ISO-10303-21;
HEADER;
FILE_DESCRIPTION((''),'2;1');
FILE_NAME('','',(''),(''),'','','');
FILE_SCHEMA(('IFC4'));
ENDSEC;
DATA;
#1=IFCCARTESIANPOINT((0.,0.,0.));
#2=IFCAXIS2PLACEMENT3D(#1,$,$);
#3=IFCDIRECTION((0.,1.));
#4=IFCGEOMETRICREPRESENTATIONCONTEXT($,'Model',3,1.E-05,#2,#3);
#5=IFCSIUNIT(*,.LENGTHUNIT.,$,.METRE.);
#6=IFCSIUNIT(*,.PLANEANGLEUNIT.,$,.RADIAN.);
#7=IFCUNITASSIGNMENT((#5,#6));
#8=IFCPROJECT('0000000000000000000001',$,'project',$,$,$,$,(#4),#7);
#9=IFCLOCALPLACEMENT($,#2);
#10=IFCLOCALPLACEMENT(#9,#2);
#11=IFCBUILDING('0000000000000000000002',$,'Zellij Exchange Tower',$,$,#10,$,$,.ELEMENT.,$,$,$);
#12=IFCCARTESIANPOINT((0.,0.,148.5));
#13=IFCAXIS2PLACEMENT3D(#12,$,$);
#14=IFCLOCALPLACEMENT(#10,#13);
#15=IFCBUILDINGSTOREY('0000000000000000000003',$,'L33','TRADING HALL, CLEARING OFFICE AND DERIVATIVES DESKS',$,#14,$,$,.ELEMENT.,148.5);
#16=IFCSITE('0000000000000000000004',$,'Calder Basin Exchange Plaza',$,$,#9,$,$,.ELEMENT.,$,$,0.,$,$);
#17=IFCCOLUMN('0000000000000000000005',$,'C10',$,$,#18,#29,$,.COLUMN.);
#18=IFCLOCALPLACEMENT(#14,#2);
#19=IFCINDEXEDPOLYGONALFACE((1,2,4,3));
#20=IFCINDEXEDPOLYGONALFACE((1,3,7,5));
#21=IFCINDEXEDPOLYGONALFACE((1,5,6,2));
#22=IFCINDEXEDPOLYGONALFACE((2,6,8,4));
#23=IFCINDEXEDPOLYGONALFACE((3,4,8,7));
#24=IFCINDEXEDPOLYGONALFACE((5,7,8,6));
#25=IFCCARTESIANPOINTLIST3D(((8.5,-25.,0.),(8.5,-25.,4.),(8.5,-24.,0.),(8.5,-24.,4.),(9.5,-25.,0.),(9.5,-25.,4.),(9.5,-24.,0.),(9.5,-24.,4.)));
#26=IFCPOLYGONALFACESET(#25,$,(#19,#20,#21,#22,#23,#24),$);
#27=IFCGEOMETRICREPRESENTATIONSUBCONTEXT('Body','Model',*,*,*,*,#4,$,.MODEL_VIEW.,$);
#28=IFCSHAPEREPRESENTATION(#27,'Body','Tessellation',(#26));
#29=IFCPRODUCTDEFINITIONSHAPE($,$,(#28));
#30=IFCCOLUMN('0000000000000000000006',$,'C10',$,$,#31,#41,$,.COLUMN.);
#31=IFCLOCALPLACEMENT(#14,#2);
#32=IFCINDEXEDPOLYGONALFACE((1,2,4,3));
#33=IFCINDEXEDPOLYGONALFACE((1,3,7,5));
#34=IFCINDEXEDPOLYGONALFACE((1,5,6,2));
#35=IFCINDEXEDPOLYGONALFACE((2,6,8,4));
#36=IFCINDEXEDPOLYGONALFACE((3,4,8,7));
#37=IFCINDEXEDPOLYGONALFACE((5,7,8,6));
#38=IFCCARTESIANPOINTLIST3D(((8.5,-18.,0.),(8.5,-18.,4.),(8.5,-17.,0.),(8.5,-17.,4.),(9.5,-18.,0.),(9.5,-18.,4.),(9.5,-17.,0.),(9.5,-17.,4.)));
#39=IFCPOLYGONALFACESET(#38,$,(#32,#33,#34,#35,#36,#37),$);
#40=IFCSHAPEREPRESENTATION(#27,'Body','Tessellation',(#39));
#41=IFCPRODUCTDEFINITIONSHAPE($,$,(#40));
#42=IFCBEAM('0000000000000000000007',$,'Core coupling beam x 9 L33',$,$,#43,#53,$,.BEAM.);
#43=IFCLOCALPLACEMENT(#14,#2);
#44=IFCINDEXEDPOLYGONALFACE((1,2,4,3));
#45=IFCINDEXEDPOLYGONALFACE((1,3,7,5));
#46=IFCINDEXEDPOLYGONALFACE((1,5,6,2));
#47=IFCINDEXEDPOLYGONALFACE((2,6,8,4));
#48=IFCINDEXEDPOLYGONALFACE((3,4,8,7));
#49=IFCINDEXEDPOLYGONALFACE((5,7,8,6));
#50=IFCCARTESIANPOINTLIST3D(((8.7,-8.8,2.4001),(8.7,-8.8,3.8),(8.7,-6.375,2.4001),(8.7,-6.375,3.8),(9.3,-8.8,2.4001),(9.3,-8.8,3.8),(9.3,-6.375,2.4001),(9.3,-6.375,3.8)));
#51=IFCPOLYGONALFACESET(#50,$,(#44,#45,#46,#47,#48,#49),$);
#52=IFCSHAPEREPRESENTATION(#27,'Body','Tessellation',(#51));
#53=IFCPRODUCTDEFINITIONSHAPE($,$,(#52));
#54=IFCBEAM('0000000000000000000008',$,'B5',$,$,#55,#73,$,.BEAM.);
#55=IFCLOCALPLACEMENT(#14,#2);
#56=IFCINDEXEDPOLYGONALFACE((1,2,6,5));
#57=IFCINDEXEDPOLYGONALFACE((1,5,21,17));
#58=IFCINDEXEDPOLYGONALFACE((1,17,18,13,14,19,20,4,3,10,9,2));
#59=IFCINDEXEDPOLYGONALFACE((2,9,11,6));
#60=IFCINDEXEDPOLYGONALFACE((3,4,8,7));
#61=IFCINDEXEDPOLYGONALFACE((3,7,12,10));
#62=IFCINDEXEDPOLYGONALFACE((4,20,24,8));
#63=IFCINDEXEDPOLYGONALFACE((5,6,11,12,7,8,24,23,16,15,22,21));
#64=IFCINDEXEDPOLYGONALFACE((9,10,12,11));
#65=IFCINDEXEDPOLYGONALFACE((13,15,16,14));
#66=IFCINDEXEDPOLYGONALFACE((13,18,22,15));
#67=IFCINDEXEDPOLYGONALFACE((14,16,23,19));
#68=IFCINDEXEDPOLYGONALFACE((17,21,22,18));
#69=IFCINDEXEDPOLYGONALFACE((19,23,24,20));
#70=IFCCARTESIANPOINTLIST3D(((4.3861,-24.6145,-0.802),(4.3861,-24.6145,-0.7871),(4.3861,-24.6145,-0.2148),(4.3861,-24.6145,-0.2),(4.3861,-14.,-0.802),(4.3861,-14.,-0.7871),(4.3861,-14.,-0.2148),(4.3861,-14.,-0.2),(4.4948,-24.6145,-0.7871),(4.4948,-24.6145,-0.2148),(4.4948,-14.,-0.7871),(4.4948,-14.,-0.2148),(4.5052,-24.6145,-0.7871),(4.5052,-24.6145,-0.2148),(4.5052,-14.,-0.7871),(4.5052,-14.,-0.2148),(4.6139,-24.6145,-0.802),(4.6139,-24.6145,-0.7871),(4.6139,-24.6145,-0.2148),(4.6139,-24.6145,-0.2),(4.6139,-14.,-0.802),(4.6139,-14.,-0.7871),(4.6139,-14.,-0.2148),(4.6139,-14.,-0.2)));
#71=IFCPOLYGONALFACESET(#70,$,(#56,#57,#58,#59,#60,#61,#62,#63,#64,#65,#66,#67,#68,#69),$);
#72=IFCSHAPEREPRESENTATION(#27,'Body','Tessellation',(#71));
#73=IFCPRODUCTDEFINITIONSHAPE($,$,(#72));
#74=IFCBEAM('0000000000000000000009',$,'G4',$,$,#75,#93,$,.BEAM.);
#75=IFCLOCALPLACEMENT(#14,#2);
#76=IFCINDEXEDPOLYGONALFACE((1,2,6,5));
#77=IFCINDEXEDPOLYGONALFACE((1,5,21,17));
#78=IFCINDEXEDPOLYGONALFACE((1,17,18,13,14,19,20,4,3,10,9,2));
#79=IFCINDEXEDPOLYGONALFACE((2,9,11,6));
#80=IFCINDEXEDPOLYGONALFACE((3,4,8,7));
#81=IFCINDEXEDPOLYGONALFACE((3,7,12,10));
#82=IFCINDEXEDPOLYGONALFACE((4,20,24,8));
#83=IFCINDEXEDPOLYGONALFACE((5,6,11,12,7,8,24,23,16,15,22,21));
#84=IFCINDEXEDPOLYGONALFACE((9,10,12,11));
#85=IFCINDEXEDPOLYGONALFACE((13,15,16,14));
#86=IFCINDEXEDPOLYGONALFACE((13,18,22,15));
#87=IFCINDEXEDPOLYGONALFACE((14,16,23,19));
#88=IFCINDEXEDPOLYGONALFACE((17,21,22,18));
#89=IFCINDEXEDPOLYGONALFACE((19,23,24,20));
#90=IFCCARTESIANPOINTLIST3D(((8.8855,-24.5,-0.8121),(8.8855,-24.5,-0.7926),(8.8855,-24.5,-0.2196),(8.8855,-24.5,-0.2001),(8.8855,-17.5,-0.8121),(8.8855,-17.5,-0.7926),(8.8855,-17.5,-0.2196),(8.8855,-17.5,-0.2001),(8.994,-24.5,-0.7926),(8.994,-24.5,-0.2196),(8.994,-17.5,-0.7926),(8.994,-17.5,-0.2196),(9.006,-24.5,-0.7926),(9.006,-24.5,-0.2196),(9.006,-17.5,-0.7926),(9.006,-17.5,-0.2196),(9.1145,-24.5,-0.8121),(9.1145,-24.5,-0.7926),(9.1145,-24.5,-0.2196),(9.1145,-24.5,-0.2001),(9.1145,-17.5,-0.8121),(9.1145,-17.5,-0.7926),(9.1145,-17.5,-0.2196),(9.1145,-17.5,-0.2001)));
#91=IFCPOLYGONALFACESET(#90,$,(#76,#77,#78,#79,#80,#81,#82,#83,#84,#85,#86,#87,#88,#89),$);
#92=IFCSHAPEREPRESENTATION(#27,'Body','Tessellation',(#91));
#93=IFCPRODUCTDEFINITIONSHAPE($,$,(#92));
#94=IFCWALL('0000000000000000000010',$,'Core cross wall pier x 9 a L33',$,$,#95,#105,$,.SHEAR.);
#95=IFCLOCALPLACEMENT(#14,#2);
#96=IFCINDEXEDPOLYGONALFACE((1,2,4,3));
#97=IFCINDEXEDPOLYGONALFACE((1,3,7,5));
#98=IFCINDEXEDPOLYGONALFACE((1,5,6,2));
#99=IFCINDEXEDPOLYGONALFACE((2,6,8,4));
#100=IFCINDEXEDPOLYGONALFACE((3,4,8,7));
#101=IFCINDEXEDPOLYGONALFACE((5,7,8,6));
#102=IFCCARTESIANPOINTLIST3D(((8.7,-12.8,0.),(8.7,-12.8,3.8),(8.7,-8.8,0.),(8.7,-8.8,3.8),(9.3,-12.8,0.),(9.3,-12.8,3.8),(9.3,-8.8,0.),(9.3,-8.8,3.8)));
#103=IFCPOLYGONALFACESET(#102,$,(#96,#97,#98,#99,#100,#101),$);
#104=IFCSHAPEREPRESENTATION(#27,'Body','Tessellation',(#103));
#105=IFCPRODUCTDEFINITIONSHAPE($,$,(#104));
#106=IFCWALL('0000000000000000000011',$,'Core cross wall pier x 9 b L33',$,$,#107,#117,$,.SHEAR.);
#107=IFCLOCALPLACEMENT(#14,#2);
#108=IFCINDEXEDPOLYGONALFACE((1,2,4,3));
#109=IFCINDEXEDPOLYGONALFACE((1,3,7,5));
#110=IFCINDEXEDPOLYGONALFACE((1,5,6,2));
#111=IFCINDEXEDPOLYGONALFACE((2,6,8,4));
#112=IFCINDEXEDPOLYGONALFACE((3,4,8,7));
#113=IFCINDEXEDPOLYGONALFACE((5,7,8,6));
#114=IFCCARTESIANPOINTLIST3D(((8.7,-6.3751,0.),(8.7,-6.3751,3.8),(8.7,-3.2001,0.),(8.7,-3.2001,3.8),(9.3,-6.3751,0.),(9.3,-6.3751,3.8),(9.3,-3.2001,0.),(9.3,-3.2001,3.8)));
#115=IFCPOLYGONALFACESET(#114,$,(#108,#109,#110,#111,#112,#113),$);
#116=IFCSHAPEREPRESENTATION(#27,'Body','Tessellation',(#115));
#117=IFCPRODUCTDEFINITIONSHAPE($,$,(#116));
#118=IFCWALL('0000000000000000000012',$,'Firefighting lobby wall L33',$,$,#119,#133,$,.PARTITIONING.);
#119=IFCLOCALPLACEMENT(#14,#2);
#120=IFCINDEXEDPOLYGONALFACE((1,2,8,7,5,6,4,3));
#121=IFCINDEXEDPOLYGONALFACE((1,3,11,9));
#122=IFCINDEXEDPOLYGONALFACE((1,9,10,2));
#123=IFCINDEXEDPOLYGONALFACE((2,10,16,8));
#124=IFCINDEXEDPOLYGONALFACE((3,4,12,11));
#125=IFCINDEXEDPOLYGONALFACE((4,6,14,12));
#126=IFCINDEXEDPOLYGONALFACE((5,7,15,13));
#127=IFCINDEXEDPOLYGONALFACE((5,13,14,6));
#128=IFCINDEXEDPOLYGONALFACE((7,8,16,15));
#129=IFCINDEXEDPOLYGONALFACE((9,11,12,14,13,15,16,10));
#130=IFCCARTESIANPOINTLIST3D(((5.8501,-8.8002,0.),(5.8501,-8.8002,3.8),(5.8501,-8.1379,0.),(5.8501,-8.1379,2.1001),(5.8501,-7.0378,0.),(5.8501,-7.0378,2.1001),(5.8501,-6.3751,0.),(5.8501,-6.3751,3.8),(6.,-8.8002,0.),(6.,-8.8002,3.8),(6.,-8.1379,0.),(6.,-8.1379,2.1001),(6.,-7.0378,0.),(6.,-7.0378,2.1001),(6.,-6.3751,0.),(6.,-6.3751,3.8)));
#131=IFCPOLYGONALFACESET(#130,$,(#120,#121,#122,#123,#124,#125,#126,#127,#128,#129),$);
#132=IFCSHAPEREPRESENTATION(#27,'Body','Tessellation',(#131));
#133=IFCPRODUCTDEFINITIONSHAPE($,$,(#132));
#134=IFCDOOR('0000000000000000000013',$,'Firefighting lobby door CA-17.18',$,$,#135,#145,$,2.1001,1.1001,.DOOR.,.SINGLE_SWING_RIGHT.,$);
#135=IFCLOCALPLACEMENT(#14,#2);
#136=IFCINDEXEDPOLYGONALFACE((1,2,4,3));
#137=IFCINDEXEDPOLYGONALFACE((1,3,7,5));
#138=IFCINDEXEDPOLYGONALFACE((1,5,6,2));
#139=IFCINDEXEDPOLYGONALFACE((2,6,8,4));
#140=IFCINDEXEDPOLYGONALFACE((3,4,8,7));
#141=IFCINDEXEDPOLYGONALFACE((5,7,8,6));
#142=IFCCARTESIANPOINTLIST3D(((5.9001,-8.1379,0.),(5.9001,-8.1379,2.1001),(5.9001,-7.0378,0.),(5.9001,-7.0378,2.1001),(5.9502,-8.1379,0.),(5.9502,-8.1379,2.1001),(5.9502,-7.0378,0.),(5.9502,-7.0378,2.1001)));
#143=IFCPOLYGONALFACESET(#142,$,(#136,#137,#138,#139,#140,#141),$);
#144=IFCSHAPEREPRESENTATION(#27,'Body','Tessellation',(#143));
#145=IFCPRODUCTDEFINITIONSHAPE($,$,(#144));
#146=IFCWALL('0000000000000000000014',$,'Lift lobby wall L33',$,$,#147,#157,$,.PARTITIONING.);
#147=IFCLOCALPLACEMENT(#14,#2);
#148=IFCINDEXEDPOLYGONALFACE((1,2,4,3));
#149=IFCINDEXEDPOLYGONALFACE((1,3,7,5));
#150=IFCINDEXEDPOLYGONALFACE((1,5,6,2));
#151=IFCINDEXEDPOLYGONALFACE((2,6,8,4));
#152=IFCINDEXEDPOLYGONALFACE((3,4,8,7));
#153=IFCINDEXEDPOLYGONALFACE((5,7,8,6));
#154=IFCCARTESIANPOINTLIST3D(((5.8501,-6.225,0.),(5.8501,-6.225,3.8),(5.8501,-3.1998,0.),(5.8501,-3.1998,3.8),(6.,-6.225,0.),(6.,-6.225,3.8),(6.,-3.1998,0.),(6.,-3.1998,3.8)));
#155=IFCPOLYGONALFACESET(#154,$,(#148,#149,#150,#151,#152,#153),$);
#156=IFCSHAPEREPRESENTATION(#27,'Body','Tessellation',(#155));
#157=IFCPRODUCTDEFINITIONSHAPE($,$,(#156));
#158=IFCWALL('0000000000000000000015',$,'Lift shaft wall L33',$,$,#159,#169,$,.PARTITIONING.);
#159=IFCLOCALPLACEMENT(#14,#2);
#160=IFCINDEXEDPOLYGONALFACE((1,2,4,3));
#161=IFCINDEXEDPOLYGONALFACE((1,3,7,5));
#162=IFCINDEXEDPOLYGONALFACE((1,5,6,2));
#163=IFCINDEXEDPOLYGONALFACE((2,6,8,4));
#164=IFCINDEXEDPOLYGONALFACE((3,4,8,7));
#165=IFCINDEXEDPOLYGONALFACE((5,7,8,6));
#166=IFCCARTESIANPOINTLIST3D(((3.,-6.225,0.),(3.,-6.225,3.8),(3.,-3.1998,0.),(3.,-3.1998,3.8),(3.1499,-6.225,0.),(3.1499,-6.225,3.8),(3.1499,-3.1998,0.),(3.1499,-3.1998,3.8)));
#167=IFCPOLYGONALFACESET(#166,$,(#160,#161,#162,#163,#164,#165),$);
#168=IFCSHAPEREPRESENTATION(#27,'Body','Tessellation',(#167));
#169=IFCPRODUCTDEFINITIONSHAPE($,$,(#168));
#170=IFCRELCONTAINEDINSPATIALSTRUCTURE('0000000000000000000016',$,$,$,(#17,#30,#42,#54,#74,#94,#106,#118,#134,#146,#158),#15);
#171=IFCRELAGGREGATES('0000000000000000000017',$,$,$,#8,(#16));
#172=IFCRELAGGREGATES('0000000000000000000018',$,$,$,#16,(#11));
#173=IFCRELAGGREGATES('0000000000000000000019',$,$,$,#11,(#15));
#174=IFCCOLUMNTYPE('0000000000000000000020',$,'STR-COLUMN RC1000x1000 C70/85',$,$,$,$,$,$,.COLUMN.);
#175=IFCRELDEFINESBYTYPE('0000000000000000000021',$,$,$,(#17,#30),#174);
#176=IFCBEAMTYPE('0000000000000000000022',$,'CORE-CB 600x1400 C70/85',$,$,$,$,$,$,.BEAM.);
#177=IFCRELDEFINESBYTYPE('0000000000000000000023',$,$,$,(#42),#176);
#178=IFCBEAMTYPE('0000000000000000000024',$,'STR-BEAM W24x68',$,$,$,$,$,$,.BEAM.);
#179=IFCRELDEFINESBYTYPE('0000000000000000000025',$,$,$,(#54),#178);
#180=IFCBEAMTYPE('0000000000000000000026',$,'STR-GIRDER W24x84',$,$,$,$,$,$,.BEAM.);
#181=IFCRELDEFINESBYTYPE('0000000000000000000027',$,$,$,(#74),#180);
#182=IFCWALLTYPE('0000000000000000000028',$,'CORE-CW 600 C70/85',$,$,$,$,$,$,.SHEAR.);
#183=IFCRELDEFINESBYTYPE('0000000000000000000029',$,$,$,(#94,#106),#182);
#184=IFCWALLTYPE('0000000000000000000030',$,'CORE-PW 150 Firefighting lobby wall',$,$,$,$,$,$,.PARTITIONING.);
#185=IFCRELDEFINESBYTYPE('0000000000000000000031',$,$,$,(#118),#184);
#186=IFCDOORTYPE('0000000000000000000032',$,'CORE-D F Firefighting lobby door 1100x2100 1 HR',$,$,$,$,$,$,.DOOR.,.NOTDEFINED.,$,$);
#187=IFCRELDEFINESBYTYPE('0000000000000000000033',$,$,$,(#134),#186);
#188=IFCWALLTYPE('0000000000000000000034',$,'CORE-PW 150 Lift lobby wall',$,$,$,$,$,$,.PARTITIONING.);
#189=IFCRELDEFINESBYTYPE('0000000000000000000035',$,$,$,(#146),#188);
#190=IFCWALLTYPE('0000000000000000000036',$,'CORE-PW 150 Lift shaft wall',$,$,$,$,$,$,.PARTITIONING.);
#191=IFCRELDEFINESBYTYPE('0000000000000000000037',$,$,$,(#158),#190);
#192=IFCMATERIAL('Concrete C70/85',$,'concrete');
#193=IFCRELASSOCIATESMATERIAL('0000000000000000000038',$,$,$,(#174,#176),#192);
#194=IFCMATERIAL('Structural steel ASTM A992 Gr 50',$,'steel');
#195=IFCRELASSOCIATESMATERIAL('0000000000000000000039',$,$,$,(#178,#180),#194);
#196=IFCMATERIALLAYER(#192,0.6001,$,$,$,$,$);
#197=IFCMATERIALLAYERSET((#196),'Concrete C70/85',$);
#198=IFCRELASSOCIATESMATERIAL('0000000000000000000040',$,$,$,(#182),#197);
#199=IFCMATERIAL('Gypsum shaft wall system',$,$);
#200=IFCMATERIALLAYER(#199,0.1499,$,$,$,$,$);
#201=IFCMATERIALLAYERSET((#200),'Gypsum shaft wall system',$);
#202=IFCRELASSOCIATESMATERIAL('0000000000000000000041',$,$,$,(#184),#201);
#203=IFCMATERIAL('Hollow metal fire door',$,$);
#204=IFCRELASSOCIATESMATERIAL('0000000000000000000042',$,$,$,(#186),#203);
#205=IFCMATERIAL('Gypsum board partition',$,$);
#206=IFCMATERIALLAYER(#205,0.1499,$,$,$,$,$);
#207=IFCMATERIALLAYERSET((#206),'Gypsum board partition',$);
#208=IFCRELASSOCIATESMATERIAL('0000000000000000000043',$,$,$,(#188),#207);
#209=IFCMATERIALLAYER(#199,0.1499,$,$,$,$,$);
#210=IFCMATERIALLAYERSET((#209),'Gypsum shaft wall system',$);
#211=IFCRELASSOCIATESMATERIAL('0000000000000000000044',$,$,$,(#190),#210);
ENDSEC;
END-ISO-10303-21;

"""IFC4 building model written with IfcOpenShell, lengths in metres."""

from ifc_helpers import new_model, si_unit, direction, frame, frame_2d, origin, origin_2d, place, context, subcontext, project, spatial, rectangle, i_section, extrude, material, layer, layer_set, material_profile, profile_set, type_object, element, fill, save


model = new_model("IFC4")

# Units and contexts
model_context = context("Model", 3, precision=1e-05, world=origin(), true_north=direction((0.0, 1.0)))
body_context = subcontext(model_context, "Body", "Model", "MODEL_VIEW")
ifc_project = project(units=[si_unit("LENGTHUNIT", "METRE"), si_unit("PLANEANGLEUNIT", "RADIAN")], contexts=[model_context])

# Site, building, storey
site_placement = place(None, origin())
site = spatial("IfcSite", under=ifc_project, at=site_placement, Name="Calder Basin Exchange Plaza", CompositionType="ELEMENT", RefElevation=0.0)
building_placement = place(site_placement, origin())
building = spatial("IfcBuilding", under=site, at=building_placement, Name="Zellij Exchange Tower", CompositionType="ELEMENT")
storey_placement = place(building_placement, frame((0.0, 0.0, 148.5)))
storey = spatial("IfcBuildingStorey", under=building, at=storey_placement, Name="L33", Description="TRADING HALL, CLEARING OFFICE AND DERIVATIVES DESKS", CompositionType="ELEMENT", Elevation=148.5)

# Columns
ifc_material_1 = material(Name="Concrete C70/85", Category="concrete")
ifc_material_profile_1 = material_profile(ifc_material_1, rectangle(XDim=1.0, YDim=1.0, at=origin_2d()), Name="STR-COLUMN RC1000x1000 C70/85")
ifc_profile_set_1 = profile_set([ifc_material_profile_1], Name="Concrete C70/85")
column_type = type_object("IfcColumnType", Name="STR-COLUMN RC1000x1000 C70/85", PredefinedType="COLUMN", material=ifc_profile_set_1)
for number, where, z_axis, x_axis, name in (
    (1, (9.0, -24.5, 0.0), (0.0, 0.0, 1.0), (1.0, 0.0, 0.0), "C10"),
    (2, (9.0, -17.5, 0.0), (0.0, 0.0, 1.0), (1.0, 0.0, 0.0), "C10"),
):
    element("IfcColumn", number, at=place(storey_placement, frame(where, z_axis=z_axis, x_axis=x_axis)), inside=storey, type_object=column_type, Name=name, PredefinedType="COLUMN", context=body_context, shape_type="SweptSolid", body=[
        extrude(rectangle(XDim=1.0, YDim=1.0, at=origin_2d()), origin(), (0.0, 0.0, 1.0), 4.0),
    ])

# Beams
ifc_material_profile_2 = material_profile(ifc_material_1, rectangle(XDim=0.6001, YDim=1.3999, at=origin_2d()), Name="CORE-CB 600x1400 C70/85")
ifc_profile_set_2 = profile_set([ifc_material_profile_2], Name="Concrete C70/85")
beam_type_1 = type_object("IfcBeamType", Name="CORE-CB 600x1400 C70/85", PredefinedType="BEAM", material=ifc_profile_set_2)
beam_1_placement = place(storey_placement, frame((9.0, -8.8, 3.1001), z_axis=(0.0, 1.0, 0.0), x_axis=(-1.0, 0.0, 0.0)))
element("IfcBeam", 3, at=beam_1_placement, inside=storey, type_object=beam_type_1, Name="Core coupling beam x 9 L33", PredefinedType="BEAM", context=body_context, shape_type="SweptSolid", body=[
    extrude(rectangle(XDim=0.6001, YDim=1.3999, at=origin_2d()), origin(), (0.0, 0.0, 1.0), 2.425),
])
ifc_material_2 = material(Name="Structural steel ASTM A992 Gr 50", Category="steel")
ifc_material_profile_3 = material_profile(ifc_material_2, i_section(OverallWidth=0.2278, OverallDepth=0.6021, WebThickness=0.0105, FlangeThickness=0.0149, at=origin_2d()), Name="W24x68")
ifc_profile_set_3 = profile_set([ifc_material_profile_3], Name="Structural steel ASTM A992 Gr 50")
beam_type_2 = type_object("IfcBeamType", Name="STR-BEAM W24x68", PredefinedType="BEAM", material=ifc_profile_set_3)
beam_2_placement = place(storey_placement, frame((4.5, -24.6145, -0.501), z_axis=(0.0, 1.0, 0.0), x_axis=(-1.0, 0.0, 0.0)))
element("IfcBeam", 4, at=beam_2_placement, inside=storey, type_object=beam_type_2, Name="B5", PredefinedType="BEAM", context=body_context, shape_type="SweptSolid", body=[
    extrude(i_section(OverallWidth=0.2278, OverallDepth=0.6021, WebThickness=0.0105, FlangeThickness=0.0149, at=origin_2d()), origin(), (0.0, 0.0, 1.0), 10.6145),
])
ifc_material_profile_4 = material_profile(ifc_material_2, i_section(OverallWidth=0.229, OverallDepth=0.6121, WebThickness=0.012, FlangeThickness=0.0195, at=origin_2d()), Name="W24x84")
ifc_profile_set_4 = profile_set([ifc_material_profile_4], Name="Structural steel ASTM A992 Gr 50")
beam_type_3 = type_object("IfcBeamType", Name="STR-GIRDER W24x84", PredefinedType="BEAM", material=ifc_profile_set_4)
beam_3_placement = place(storey_placement, frame((9.0, -24.5, -0.5061), z_axis=(0.0, 1.0, 0.0), x_axis=(-1.0, 0.0, 0.0)))
element("IfcBeam", 5, at=beam_3_placement, inside=storey, type_object=beam_type_3, Name="G4", PredefinedType="BEAM", context=body_context, shape_type="SweptSolid", body=[
    extrude(i_section(OverallWidth=0.229, OverallDepth=0.6121, WebThickness=0.012, FlangeThickness=0.0195, at=origin_2d()), origin(), (0.0, 0.0, 1.0), 7.0),
])

# Walls
ifc_layer_1 = layer(ifc_material_1, 0.6001)
ifc_layer_set_1 = layer_set([ifc_layer_1], Name="Concrete C70/85")
wall_type_1 = type_object("IfcWallType", Name="CORE-CW 600 C70/85", PredefinedType="SHEAR", material=ifc_layer_set_1)
wall_1_placement = place(storey_placement, frame((9.0, -12.8, 0.0), z_axis=(0.0, 0.0, 1.0), x_axis=(0.0, 1.0, 0.0)))
element("IfcWall", 6, at=wall_1_placement, inside=storey, type_object=wall_type_1, Name="Core cross wall pier x 9 a L33", PredefinedType="SHEAR", context=body_context, shape_type="SweptSolid", body=[
    extrude(rectangle(XDim=4.0, YDim=0.6001, at=frame_2d((2.0, 0.0))), origin(), (0.0, 0.0, 1.0), 3.8),
])
wall_2_placement = place(storey_placement, frame((9.0, -6.375, 0.0), z_axis=(0.0, 0.0, 1.0), x_axis=(0.0, 1.0, 0.0)))
element("IfcWall", 7, at=wall_2_placement, inside=storey, type_object=wall_type_1, Name="Core cross wall pier x 9 b L33", PredefinedType="SHEAR", context=body_context, shape_type="SweptSolid", body=[
    extrude(rectangle(XDim=3.175, YDim=0.6001, at=frame_2d((1.5874, 0.0))), origin(), (0.0, 0.0, 1.0), 3.8),
])

# Wall, opening, door
ifc_material_3 = material(Name="Gypsum shaft wall system")
ifc_layer_2 = layer(ifc_material_3, 0.1499)
ifc_layer_set_2 = layer_set([ifc_layer_2], Name="Gypsum shaft wall system")
wall_type_2 = type_object("IfcWallType", Name="CORE-PW 150 Firefighting lobby wall", PredefinedType="PARTITIONING", material=ifc_layer_set_2)
wall_3_placement = place(storey_placement, frame((5.925, -8.8, 0.0), z_axis=(0.0, 0.0, 1.0), x_axis=(0.0, 1.0, 0.0)))
wall_3 = element("IfcWall", 8, at=wall_3_placement, inside=storey, type_object=wall_type_2, Name="Firefighting lobby wall L33", PredefinedType="PARTITIONING", context=body_context, shape_type="SweptSolid", body=[
    extrude(rectangle(XDim=2.425, YDim=0.1499, at=frame_2d((1.2124, 0.0))), origin(), (0.0, 0.0, 1.0), 3.8),
])
opening_1_placement = place(wall_3_placement, frame((0.6621, 0.0, 0.0)))
opening_1 = element("IfcOpeningElement", 9, at=opening_1_placement, cuts=wall_3, PredefinedType="OPENING", context=body_context, shape_type="SweptSolid", body=[
    extrude(rectangle(XDim=1.1001, YDim=2.1001, at=frame_2d((0.55, 1.05))), frame((0.0, 0.0869, 0.0), z_axis=(0.0, -1.0, 0.0), x_axis=(1.0, 0.0, 0.0)), (0.0, 0.0, 1.0), 0.1738),
])
ifc_material_4 = material(Name="Hollow metal fire door")
door_type_1 = type_object("IfcDoorType", Name="CORE-D F Firefighting lobby door 1100x2100 1 HR", OperationType="NOTDEFINED", PredefinedType="DOOR", material=ifc_material_4)
door_1_placement = place(opening_1_placement, origin())
door_1 = element("IfcDoor", 10, at=door_1_placement, inside=storey, type_object=door_type_1, Name="Firefighting lobby door CA-17.18", OperationType="SINGLE_SWING_RIGHT", OverallHeight=2.1001, OverallWidth=1.1001, PredefinedType="DOOR", context=body_context, shape_type="SweptSolid", body=[
    extrude(rectangle(XDim=1.1001, YDim=2.1001, at=frame_2d((0.55, 1.05))), frame((0.0, 0.0249, 0.0), z_axis=(0.0, -1.0, 0.0), x_axis=(1.0, 0.0, 0.0)), (0.0, 0.0, 1.0), 0.05),
])
fill(opening_1, door_1)

# Walls
ifc_material_5 = material(Name="Gypsum board partition")
ifc_layer_3 = layer(ifc_material_5, 0.1499)
ifc_layer_set_3 = layer_set([ifc_layer_3], Name="Gypsum board partition")
wall_type_3 = type_object("IfcWallType", Name="CORE-PW 150 Lift lobby wall", PredefinedType="PARTITIONING", material=ifc_layer_set_3)
wall_4_placement = place(storey_placement, frame((5.925, -6.2251, 0.0), z_axis=(0.0, 0.0, 1.0), x_axis=(0.0, 1.0, 0.0)))
element("IfcWall", 11, at=wall_4_placement, inside=storey, type_object=wall_type_3, Name="Lift lobby wall L33", PredefinedType="PARTITIONING", context=body_context, shape_type="SweptSolid", body=[
    extrude(rectangle(XDim=3.0251, YDim=0.1499, at=frame_2d((1.5127, 0.0))), origin(), (0.0, 0.0, 1.0), 3.8),
])
ifc_layer_4 = layer(ifc_material_3, 0.1499)
ifc_layer_set_4 = layer_set([ifc_layer_4], Name="Gypsum shaft wall system")
wall_type_4 = type_object("IfcWallType", Name="CORE-PW 150 Lift shaft wall", PredefinedType="PARTITIONING", material=ifc_layer_set_4)
wall_5_placement = place(storey_placement, frame((3.075, -6.2251, 0.0), z_axis=(0.0, 0.0, 1.0), x_axis=(0.0, 1.0, 0.0)))
element("IfcWall", 12, at=wall_5_placement, inside=storey, type_object=wall_type_4, Name="Lift shaft wall L33", PredefinedType="PARTITIONING", context=body_context, shape_type="SweptSolid", body=[
    extrude(rectangle(XDim=3.0251, YDim=0.1499, at=frame_2d((1.5127, 0.0))), origin(), (0.0, 0.0, 1.0), 3.8),
])

save(model, "model.ifc")
